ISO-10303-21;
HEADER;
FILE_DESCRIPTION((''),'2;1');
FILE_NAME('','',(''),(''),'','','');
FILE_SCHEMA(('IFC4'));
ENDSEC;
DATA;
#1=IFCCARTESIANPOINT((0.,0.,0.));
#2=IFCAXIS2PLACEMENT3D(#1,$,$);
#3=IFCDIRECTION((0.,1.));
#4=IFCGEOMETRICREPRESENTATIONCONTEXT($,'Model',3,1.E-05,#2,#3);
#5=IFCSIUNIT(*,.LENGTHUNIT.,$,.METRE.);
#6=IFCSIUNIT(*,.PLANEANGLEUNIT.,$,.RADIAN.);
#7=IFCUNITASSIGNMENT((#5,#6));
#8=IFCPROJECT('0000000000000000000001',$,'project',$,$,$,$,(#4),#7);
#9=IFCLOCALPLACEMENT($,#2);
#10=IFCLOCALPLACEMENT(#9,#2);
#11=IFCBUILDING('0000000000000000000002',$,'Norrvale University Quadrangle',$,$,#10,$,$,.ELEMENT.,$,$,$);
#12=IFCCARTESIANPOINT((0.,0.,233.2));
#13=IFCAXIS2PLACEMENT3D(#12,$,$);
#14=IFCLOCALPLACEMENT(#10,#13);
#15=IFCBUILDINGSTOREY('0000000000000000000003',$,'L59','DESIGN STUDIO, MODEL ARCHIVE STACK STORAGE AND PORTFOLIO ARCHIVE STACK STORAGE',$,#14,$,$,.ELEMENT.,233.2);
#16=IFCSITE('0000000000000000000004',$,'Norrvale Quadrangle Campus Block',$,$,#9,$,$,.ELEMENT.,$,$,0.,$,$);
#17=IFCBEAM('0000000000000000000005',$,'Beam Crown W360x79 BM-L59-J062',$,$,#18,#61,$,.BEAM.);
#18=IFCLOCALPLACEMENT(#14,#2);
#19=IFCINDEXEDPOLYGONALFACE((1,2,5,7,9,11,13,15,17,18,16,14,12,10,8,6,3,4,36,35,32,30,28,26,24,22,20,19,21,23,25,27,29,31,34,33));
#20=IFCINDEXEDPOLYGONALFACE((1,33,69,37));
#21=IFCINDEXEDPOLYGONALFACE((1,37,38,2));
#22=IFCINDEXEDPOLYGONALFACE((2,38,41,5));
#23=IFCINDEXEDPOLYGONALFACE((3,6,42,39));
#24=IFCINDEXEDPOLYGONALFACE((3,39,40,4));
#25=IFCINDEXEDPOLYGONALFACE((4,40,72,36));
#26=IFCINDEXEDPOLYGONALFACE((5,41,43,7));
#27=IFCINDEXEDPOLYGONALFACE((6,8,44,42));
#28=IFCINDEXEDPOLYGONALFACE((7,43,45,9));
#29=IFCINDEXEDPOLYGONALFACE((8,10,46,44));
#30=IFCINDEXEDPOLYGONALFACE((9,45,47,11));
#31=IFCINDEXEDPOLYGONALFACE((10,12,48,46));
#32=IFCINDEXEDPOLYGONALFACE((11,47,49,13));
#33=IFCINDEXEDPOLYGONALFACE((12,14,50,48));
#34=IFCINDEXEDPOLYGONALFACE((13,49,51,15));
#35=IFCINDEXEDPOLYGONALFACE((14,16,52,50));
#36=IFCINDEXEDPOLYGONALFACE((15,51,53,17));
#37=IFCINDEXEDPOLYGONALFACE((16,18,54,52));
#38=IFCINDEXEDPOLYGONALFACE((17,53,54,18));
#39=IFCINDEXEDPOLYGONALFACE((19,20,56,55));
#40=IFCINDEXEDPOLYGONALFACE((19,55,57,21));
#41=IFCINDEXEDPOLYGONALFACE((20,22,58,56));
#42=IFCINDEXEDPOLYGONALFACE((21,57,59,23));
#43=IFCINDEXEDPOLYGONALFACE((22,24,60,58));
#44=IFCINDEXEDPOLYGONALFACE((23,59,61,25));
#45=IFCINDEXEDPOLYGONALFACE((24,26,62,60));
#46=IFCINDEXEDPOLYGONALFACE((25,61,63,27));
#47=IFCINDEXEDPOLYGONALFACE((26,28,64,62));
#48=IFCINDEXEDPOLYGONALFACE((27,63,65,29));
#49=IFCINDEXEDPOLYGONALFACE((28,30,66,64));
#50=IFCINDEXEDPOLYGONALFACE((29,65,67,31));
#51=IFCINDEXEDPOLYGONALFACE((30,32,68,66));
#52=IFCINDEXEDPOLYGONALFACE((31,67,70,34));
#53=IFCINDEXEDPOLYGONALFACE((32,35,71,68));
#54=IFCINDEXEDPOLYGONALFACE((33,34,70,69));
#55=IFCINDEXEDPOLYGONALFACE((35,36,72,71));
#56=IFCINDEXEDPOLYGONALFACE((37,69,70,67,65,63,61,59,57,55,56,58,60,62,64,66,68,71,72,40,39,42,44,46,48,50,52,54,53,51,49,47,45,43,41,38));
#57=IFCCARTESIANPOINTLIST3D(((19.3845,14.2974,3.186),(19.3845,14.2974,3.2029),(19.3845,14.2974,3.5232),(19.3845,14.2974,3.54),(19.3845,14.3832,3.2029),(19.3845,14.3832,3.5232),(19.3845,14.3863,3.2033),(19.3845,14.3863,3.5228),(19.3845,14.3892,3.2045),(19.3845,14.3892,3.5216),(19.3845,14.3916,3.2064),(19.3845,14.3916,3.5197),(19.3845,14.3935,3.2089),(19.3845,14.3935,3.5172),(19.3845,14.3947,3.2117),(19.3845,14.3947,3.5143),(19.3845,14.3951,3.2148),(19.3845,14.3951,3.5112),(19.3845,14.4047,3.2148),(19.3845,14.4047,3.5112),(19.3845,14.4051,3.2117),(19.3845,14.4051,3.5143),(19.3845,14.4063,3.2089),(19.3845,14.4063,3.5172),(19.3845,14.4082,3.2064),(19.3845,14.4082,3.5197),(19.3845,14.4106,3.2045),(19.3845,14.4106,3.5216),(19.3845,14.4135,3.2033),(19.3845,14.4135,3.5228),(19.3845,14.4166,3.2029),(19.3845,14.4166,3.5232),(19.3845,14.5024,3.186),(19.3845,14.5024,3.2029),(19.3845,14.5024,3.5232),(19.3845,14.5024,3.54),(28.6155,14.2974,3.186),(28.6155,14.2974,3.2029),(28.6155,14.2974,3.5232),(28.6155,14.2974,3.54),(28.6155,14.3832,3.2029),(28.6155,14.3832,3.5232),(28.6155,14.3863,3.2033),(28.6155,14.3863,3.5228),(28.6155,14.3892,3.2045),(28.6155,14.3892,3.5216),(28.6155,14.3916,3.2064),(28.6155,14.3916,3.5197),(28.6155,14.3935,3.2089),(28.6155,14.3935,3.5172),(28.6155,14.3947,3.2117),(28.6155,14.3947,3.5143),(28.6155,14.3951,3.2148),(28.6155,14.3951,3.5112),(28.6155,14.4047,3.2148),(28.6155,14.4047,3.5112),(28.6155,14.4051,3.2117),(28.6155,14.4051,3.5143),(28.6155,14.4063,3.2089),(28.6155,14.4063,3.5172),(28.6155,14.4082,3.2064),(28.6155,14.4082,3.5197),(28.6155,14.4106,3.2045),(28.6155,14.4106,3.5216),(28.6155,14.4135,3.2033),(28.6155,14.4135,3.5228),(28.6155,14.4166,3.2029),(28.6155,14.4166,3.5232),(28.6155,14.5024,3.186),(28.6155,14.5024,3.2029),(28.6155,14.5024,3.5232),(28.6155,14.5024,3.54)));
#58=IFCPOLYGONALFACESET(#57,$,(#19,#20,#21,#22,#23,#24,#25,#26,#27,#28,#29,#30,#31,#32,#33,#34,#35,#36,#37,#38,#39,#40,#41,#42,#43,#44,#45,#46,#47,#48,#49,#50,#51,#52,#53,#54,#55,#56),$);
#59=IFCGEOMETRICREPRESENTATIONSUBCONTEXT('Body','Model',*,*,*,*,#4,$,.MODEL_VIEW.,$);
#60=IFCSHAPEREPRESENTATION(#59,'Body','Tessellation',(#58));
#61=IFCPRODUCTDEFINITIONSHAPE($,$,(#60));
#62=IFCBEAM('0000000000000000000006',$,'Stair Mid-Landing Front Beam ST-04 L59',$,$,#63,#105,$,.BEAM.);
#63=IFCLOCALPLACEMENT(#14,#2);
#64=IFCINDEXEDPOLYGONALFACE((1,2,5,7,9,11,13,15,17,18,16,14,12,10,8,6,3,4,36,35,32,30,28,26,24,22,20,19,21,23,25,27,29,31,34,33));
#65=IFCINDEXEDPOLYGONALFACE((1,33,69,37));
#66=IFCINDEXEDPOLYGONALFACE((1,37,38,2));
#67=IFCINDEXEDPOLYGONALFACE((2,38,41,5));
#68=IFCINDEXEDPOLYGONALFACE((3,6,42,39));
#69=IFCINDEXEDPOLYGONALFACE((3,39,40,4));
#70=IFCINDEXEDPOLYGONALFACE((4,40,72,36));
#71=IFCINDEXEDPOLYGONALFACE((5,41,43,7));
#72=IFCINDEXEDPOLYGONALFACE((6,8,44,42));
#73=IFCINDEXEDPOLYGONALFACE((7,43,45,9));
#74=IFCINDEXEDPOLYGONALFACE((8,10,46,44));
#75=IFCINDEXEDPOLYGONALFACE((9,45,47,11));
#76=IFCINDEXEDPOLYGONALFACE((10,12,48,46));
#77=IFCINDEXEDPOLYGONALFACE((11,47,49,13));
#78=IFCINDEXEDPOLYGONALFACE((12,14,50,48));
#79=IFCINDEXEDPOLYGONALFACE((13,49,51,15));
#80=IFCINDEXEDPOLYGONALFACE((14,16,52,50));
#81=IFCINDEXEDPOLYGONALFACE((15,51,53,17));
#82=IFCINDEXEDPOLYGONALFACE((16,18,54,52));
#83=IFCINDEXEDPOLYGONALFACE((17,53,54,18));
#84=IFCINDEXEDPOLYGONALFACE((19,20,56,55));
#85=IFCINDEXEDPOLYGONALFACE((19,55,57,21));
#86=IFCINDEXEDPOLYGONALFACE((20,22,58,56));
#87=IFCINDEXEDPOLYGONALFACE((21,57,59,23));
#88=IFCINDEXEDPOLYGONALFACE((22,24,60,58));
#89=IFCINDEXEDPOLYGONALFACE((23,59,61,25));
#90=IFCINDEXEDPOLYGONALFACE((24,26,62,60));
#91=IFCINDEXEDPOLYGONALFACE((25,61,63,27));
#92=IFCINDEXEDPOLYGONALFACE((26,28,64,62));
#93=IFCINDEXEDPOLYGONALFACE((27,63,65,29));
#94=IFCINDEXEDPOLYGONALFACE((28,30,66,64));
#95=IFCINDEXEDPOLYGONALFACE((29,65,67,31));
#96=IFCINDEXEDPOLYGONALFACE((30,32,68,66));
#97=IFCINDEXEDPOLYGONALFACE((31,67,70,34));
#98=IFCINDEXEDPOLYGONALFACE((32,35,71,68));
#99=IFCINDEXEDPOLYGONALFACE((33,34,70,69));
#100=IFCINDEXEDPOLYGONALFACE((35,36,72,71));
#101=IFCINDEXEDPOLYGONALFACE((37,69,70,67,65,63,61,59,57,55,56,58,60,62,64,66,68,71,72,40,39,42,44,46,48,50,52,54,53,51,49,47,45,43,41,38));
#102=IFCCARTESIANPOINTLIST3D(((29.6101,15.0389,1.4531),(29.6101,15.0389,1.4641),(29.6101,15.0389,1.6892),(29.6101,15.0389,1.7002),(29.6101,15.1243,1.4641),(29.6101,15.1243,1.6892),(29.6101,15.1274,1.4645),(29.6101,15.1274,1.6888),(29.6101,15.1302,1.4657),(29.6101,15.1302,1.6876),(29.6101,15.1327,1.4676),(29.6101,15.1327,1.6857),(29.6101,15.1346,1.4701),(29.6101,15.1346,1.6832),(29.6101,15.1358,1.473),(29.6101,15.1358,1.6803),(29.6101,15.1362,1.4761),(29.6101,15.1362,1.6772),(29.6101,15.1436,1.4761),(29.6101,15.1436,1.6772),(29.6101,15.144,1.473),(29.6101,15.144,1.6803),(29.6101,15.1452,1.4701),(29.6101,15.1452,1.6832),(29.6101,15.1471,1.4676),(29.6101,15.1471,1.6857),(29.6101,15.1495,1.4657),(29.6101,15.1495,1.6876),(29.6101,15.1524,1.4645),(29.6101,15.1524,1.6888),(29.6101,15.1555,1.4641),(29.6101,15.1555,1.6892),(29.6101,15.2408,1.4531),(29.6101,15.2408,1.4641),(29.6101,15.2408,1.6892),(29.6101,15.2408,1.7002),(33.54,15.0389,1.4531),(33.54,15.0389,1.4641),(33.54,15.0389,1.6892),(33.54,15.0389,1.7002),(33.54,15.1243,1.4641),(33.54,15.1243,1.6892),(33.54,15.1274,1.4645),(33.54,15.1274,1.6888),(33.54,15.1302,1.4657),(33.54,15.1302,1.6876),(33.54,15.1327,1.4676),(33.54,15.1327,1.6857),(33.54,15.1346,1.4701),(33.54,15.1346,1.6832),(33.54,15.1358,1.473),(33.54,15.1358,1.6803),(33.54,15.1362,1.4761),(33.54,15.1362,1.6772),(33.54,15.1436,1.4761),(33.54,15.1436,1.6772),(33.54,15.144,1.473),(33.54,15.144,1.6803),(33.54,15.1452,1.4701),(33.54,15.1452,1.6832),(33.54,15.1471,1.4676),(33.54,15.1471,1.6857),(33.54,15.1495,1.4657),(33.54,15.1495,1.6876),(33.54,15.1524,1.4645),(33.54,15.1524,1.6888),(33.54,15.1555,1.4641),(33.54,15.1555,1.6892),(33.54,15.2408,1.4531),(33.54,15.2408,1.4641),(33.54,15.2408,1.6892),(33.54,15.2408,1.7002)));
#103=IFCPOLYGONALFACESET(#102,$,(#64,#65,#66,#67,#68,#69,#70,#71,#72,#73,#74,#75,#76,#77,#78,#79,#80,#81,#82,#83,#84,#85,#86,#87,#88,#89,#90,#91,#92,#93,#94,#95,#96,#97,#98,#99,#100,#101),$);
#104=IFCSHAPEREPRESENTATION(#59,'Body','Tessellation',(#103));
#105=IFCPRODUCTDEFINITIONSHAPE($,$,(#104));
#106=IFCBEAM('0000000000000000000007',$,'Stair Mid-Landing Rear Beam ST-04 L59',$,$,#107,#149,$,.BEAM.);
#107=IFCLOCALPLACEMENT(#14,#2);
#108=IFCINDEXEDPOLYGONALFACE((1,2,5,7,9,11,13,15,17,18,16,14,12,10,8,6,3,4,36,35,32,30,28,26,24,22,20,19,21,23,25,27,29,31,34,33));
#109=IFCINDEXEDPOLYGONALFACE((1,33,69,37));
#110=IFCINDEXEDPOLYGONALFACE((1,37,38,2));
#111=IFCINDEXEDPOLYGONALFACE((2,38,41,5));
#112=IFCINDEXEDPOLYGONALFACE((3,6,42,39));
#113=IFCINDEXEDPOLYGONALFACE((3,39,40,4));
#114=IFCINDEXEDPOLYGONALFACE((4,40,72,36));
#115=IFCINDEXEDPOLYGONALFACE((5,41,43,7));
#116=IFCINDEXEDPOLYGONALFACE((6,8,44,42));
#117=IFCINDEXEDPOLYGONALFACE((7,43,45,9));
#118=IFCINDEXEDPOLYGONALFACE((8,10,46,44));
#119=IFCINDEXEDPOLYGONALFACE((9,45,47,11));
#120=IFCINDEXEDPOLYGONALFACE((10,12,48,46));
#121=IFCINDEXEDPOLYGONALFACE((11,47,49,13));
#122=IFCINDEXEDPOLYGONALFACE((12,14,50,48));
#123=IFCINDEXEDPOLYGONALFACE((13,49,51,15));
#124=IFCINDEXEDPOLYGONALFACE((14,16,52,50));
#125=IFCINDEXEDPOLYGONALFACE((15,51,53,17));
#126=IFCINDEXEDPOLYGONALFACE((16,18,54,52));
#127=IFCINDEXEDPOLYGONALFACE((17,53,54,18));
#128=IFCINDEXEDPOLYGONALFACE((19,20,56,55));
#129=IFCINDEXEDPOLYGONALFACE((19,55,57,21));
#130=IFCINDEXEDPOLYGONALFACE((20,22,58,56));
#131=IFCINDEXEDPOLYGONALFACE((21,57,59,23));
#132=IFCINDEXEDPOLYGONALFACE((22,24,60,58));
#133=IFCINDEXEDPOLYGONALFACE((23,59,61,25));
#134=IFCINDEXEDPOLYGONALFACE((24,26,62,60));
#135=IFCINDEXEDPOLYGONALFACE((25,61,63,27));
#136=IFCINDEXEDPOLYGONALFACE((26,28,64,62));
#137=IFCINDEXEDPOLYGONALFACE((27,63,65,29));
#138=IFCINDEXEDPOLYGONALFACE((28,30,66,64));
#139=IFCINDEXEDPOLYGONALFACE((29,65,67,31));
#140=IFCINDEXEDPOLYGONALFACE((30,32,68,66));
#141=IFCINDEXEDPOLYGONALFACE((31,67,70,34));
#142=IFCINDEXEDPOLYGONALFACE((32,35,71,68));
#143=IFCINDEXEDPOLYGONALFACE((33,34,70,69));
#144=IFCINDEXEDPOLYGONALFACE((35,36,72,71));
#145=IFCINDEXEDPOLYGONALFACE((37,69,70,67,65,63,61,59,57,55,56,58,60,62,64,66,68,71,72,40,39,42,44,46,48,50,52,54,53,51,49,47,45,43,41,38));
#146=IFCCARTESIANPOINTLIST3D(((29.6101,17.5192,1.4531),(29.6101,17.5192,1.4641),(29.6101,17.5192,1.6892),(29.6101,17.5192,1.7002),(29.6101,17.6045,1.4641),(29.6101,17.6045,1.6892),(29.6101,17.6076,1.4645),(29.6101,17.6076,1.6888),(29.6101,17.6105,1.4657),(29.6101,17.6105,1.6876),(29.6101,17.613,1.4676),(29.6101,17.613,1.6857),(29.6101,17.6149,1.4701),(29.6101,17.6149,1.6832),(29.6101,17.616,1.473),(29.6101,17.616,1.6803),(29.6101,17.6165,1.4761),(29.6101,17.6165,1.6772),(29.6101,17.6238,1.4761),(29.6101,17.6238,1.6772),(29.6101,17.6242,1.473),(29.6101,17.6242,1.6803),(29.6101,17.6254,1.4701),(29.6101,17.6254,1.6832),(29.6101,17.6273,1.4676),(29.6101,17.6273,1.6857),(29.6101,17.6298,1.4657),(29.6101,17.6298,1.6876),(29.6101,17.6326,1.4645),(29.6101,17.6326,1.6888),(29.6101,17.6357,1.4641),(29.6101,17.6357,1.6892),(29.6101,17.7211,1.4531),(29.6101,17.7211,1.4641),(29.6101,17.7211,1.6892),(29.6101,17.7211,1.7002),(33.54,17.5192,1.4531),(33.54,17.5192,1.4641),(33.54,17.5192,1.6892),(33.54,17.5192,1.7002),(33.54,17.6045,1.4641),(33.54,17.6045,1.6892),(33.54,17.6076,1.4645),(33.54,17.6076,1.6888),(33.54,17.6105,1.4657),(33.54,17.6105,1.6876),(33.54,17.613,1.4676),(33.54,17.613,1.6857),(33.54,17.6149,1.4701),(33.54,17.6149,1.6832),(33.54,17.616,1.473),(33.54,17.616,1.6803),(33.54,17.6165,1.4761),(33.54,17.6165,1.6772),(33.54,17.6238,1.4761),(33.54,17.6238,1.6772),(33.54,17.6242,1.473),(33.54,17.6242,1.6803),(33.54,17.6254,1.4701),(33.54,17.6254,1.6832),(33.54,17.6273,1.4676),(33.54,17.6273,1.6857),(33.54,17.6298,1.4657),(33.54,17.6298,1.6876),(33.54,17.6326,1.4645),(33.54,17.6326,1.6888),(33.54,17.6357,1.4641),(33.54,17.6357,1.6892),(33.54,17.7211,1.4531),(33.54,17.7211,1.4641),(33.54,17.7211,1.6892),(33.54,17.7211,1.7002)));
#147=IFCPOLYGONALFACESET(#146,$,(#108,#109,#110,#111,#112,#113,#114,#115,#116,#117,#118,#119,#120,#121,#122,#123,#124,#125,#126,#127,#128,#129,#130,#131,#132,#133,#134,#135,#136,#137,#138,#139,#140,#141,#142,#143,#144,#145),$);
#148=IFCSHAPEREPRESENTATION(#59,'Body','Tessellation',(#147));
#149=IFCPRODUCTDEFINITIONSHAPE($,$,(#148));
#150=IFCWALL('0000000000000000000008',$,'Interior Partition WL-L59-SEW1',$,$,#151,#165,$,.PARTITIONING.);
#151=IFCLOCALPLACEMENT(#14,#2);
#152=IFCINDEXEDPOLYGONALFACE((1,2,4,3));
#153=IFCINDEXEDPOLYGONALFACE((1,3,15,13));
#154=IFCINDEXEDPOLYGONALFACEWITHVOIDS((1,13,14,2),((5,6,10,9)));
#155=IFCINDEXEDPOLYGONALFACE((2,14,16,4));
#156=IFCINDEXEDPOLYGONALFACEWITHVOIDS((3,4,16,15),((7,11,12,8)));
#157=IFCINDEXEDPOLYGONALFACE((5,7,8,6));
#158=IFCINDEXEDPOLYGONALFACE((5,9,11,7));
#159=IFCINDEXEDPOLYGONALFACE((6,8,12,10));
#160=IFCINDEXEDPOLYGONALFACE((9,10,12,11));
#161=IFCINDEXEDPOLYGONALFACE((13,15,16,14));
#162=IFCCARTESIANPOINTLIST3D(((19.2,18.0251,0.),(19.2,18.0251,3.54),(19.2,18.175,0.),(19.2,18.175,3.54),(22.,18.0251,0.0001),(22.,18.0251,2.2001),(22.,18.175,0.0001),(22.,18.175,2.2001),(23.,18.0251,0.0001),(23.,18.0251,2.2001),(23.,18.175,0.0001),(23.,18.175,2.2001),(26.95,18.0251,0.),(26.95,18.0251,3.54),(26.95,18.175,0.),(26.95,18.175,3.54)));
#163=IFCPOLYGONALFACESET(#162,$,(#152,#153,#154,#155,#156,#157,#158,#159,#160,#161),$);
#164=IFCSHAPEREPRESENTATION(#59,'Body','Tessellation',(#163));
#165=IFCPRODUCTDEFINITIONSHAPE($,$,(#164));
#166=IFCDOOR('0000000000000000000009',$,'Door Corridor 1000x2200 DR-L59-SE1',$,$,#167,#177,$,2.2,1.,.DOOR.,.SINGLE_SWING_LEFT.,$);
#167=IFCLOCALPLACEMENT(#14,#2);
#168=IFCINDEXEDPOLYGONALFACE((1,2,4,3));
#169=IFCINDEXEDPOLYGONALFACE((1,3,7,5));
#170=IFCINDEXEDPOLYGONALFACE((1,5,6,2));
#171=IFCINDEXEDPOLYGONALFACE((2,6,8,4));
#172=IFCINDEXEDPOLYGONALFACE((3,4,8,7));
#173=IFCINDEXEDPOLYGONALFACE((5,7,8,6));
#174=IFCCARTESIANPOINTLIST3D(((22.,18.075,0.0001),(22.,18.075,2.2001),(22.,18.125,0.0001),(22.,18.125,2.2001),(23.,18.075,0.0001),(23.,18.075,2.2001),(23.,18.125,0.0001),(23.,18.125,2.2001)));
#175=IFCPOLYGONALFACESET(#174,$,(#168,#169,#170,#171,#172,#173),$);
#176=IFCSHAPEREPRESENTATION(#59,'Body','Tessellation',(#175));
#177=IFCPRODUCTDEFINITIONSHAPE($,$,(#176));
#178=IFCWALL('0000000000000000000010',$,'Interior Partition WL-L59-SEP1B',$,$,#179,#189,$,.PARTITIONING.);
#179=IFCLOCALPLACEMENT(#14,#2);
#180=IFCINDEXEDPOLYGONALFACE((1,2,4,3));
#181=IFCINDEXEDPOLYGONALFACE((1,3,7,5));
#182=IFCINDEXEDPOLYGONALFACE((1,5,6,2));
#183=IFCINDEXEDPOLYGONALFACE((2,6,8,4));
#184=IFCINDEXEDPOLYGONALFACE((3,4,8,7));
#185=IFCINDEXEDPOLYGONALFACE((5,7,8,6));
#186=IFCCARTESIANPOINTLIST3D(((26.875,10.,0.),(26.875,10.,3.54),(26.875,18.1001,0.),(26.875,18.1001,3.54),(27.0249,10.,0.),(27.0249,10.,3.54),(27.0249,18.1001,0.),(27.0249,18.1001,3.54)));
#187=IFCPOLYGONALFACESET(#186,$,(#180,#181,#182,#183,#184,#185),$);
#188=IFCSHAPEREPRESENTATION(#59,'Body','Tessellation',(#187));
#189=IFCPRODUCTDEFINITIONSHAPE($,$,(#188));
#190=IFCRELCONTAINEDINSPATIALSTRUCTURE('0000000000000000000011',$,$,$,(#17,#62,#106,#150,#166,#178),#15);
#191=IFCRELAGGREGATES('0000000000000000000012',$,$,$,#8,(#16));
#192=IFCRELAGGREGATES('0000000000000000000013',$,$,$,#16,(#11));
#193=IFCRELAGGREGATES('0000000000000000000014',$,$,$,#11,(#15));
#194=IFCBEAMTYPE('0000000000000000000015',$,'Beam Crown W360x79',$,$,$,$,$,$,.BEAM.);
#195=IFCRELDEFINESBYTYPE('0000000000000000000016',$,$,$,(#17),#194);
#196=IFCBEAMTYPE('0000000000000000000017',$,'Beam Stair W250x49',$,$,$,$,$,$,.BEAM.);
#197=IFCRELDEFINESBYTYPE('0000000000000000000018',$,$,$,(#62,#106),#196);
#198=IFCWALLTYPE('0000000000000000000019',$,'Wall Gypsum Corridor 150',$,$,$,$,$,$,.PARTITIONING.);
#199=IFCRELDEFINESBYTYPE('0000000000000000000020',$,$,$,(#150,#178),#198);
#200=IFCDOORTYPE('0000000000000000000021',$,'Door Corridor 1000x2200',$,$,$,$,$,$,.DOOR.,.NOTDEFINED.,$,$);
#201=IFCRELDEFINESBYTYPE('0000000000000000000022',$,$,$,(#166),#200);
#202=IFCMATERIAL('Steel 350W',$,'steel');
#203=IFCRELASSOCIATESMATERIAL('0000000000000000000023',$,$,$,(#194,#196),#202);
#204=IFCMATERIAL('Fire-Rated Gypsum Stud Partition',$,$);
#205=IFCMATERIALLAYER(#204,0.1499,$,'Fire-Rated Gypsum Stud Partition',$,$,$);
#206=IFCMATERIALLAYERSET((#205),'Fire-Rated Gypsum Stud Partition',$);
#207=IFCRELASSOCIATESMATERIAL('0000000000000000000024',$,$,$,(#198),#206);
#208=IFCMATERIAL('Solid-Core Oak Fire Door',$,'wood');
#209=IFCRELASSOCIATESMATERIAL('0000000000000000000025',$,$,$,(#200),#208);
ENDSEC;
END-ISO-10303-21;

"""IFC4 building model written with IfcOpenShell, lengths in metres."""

from ifc_helpers import new_model, si_unit, direction, frame, frame_2d, origin, origin_2d, place, context, subcontext, project, spatial, rectangle, i_section, extrude, material, layer, layer_set, material_profile, profile_set, type_object, element, fill, save


model = new_model("IFC4")

# Units and contexts
model_context = context("Model", 3, precision=1e-05, world=origin(), true_north=direction((0.0, 1.0)))
body_context = subcontext(model_context, "Body", "Model", "MODEL_VIEW")
ifc_project = project(units=[si_unit("LENGTHUNIT", "METRE"), si_unit("PLANEANGLEUNIT", "RADIAN")], contexts=[model_context])

# Site, building, storey
site_placement = place(None, origin())
site = spatial("IfcSite", under=ifc_project, at=site_placement, Name="Norrvale Quadrangle Campus Block", CompositionType="ELEMENT", RefElevation=0.0)
building_placement = place(site_placement, origin())
building = spatial("IfcBuilding", under=site, at=building_placement, Name="Norrvale University Quadrangle", CompositionType="ELEMENT")
storey_placement = place(building_placement, frame((0.0, 0.0, 233.2)))
storey = spatial("IfcBuildingStorey", under=building, at=storey_placement, Name="L59", Description="DESIGN STUDIO, MODEL ARCHIVE STACK STORAGE AND PORTFOLIO ARCHIVE STACK STORAGE", CompositionType="ELEMENT", Elevation=233.2)

# Beams
ifc_material_1 = material(Name="Steel 350W", Category="steel")
ifc_material_profile_1 = material_profile(ifc_material_1, i_section(OverallWidth=0.2051, OverallDepth=0.354, WebThickness=0.0095, FlangeThickness=0.0168, FilletRadius=0.012, at=origin_2d()), Name="Steel 350W")
ifc_profile_set_1 = profile_set([ifc_material_profile_1], Name="Steel 350W")
beam_type_1 = type_object("IfcBeamType", Name="Beam Crown W360x79", PredefinedType="BEAM", material=ifc_profile_set_1)
beam_1_placement = place(storey_placement, frame((19.3845, 14.3999, 3.363), z_axis=(1.0, 0.0, 0.0), x_axis=(0.0, 1.0, 0.0)))
element("IfcBeam", 1, at=beam_1_placement, inside=storey, type_object=beam_type_1, Name="Beam Crown W360x79 BM-L59-J062", PredefinedType="BEAM", context=body_context, shape_type="SweptSolid", body=[
    extrude(i_section(OverallWidth=0.2051, OverallDepth=0.354, WebThickness=0.0095, FlangeThickness=0.0168, FilletRadius=0.012, at=origin_2d()), origin(), (0.0, 0.0, 1.0), 9.231),
])
ifc_material_profile_2 = material_profile(ifc_material_1, i_section(OverallWidth=0.2019, OverallDepth=0.2471, WebThickness=0.0073, FlangeThickness=0.011, FilletRadius=0.012, at=origin_2d()), Name="Steel 350W")
ifc_profile_set_2 = profile_set([ifc_material_profile_2], Name="Steel 350W")
beam_type_2 = type_object("IfcBeamType", Name="Beam Stair W250x49", PredefinedType="BEAM", material=ifc_profile_set_2)
for number, where, z_axis, x_axis, name in (
    (2, (29.6101, 15.1399, 1.5767), (1.0, 0.0, 0.0), (0.0, 1.0, 0.0), "Stair Mid-Landing Front Beam ST-04 L59"),
    (3, (29.6101, 17.6201, 1.5767), (1.0, 0.0, 0.0), (0.0, 1.0, 0.0), "Stair Mid-Landing Rear Beam ST-04 L59"),
):
    element("IfcBeam", number, at=place(storey_placement, frame(where, z_axis=z_axis, x_axis=x_axis)), inside=storey, type_object=beam_type_2, Name=name, PredefinedType="BEAM", context=body_context, shape_type="SweptSolid", body=[
        extrude(i_section(OverallWidth=0.2019, OverallDepth=0.2471, WebThickness=0.0073, FlangeThickness=0.011, FilletRadius=0.012, at=origin_2d()), origin(), (0.0, 0.0, 1.0), 3.9299),
    ])

# Wall, opening, door
ifc_material_2 = material(Name="Fire-Rated Gypsum Stud Partition")
ifc_layer_1 = layer(ifc_material_2, 0.1499, Name="Fire-Rated Gypsum Stud Partition")
ifc_layer_set_1 = layer_set([ifc_layer_1], Name="Fire-Rated Gypsum Stud Partition")
wall_type_1 = type_object("IfcWallType", Name="Wall Gypsum Corridor 150", PredefinedType="PARTITIONING", material=ifc_layer_set_1)
wall_1_placement = place(storey_placement, frame((19.2, 18.1001, 0.0), z_axis=(0.0, 0.0, 1.0), x_axis=(1.0, 0.0, 0.0)))
wall_1 = element("IfcWall", 4, at=wall_1_placement, inside=storey, type_object=wall_type_1, Name="Interior Partition WL-L59-SEW1", PredefinedType="PARTITIONING", context=body_context, shape_type="SweptSolid", body=[
    extrude(rectangle(XDim=7.75, YDim=0.1499, at=frame_2d((3.875, 0.0))), origin(), (0.0, 0.0, 1.0), 3.54),
])
opening_1_placement = place(wall_1_placement, frame((2.8, 0.0, 0.0)))
opening_1 = element("IfcOpeningElement", 5, at=opening_1_placement, cuts=wall_1, PredefinedType="OPENING", context=body_context, shape_type="SweptSolid", body=[
    extrude(rectangle(XDim=1.0, YDim=2.2, at=frame_2d((0.5, 1.1001))), frame((0.0, 0.0869, 0.0), z_axis=(0.0, -1.0, 0.0), x_axis=(1.0, 0.0, 0.0)), (0.0, 0.0, 1.0), 0.1738),
])
ifc_material_3 = material(Name="Solid-Core Oak Fire Door", Category="wood")
door_type_1 = type_object("IfcDoorType", Name="Door Corridor 1000x2200", OperationType="NOTDEFINED", PredefinedType="DOOR", material=ifc_material_3)
door_1_placement = place(opening_1_placement, origin())
door_1 = element("IfcDoor", 6, at=door_1_placement, inside=storey, type_object=door_type_1, Name="Door Corridor 1000x2200 DR-L59-SE1", OperationType="SINGLE_SWING_LEFT", OverallHeight=2.2, OverallWidth=1.0, PredefinedType="DOOR", context=body_context, shape_type="SweptSolid", body=[
    extrude(rectangle(XDim=1.0, YDim=2.2, at=frame_2d((0.5, 1.1001))), frame((0.0, 0.0249, 0.0), z_axis=(0.0, -1.0, 0.0), x_axis=(1.0, 0.0, 0.0)), (0.0, 0.0, 1.0), 0.05),
])
fill(opening_1, door_1)

# Wall
wall_2_placement = place(storey_placement, frame((26.95, 10.0, 0.0), z_axis=(0.0, 0.0, 1.0), x_axis=(0.0, 1.0, 0.0)))
element("IfcWall", 7, at=wall_2_placement, inside=storey, type_object=wall_type_1, Name="Interior Partition WL-L59-SEP1B", PredefinedType="PARTITIONING", context=body_context, shape_type="SweptSolid", body=[
    extrude(rectangle(XDim=8.1001, YDim=0.1499, at=frame_2d((4.05, 0.0))), origin(), (0.0, 0.0, 1.0), 3.54),
])

save(model, "model.ifc")
